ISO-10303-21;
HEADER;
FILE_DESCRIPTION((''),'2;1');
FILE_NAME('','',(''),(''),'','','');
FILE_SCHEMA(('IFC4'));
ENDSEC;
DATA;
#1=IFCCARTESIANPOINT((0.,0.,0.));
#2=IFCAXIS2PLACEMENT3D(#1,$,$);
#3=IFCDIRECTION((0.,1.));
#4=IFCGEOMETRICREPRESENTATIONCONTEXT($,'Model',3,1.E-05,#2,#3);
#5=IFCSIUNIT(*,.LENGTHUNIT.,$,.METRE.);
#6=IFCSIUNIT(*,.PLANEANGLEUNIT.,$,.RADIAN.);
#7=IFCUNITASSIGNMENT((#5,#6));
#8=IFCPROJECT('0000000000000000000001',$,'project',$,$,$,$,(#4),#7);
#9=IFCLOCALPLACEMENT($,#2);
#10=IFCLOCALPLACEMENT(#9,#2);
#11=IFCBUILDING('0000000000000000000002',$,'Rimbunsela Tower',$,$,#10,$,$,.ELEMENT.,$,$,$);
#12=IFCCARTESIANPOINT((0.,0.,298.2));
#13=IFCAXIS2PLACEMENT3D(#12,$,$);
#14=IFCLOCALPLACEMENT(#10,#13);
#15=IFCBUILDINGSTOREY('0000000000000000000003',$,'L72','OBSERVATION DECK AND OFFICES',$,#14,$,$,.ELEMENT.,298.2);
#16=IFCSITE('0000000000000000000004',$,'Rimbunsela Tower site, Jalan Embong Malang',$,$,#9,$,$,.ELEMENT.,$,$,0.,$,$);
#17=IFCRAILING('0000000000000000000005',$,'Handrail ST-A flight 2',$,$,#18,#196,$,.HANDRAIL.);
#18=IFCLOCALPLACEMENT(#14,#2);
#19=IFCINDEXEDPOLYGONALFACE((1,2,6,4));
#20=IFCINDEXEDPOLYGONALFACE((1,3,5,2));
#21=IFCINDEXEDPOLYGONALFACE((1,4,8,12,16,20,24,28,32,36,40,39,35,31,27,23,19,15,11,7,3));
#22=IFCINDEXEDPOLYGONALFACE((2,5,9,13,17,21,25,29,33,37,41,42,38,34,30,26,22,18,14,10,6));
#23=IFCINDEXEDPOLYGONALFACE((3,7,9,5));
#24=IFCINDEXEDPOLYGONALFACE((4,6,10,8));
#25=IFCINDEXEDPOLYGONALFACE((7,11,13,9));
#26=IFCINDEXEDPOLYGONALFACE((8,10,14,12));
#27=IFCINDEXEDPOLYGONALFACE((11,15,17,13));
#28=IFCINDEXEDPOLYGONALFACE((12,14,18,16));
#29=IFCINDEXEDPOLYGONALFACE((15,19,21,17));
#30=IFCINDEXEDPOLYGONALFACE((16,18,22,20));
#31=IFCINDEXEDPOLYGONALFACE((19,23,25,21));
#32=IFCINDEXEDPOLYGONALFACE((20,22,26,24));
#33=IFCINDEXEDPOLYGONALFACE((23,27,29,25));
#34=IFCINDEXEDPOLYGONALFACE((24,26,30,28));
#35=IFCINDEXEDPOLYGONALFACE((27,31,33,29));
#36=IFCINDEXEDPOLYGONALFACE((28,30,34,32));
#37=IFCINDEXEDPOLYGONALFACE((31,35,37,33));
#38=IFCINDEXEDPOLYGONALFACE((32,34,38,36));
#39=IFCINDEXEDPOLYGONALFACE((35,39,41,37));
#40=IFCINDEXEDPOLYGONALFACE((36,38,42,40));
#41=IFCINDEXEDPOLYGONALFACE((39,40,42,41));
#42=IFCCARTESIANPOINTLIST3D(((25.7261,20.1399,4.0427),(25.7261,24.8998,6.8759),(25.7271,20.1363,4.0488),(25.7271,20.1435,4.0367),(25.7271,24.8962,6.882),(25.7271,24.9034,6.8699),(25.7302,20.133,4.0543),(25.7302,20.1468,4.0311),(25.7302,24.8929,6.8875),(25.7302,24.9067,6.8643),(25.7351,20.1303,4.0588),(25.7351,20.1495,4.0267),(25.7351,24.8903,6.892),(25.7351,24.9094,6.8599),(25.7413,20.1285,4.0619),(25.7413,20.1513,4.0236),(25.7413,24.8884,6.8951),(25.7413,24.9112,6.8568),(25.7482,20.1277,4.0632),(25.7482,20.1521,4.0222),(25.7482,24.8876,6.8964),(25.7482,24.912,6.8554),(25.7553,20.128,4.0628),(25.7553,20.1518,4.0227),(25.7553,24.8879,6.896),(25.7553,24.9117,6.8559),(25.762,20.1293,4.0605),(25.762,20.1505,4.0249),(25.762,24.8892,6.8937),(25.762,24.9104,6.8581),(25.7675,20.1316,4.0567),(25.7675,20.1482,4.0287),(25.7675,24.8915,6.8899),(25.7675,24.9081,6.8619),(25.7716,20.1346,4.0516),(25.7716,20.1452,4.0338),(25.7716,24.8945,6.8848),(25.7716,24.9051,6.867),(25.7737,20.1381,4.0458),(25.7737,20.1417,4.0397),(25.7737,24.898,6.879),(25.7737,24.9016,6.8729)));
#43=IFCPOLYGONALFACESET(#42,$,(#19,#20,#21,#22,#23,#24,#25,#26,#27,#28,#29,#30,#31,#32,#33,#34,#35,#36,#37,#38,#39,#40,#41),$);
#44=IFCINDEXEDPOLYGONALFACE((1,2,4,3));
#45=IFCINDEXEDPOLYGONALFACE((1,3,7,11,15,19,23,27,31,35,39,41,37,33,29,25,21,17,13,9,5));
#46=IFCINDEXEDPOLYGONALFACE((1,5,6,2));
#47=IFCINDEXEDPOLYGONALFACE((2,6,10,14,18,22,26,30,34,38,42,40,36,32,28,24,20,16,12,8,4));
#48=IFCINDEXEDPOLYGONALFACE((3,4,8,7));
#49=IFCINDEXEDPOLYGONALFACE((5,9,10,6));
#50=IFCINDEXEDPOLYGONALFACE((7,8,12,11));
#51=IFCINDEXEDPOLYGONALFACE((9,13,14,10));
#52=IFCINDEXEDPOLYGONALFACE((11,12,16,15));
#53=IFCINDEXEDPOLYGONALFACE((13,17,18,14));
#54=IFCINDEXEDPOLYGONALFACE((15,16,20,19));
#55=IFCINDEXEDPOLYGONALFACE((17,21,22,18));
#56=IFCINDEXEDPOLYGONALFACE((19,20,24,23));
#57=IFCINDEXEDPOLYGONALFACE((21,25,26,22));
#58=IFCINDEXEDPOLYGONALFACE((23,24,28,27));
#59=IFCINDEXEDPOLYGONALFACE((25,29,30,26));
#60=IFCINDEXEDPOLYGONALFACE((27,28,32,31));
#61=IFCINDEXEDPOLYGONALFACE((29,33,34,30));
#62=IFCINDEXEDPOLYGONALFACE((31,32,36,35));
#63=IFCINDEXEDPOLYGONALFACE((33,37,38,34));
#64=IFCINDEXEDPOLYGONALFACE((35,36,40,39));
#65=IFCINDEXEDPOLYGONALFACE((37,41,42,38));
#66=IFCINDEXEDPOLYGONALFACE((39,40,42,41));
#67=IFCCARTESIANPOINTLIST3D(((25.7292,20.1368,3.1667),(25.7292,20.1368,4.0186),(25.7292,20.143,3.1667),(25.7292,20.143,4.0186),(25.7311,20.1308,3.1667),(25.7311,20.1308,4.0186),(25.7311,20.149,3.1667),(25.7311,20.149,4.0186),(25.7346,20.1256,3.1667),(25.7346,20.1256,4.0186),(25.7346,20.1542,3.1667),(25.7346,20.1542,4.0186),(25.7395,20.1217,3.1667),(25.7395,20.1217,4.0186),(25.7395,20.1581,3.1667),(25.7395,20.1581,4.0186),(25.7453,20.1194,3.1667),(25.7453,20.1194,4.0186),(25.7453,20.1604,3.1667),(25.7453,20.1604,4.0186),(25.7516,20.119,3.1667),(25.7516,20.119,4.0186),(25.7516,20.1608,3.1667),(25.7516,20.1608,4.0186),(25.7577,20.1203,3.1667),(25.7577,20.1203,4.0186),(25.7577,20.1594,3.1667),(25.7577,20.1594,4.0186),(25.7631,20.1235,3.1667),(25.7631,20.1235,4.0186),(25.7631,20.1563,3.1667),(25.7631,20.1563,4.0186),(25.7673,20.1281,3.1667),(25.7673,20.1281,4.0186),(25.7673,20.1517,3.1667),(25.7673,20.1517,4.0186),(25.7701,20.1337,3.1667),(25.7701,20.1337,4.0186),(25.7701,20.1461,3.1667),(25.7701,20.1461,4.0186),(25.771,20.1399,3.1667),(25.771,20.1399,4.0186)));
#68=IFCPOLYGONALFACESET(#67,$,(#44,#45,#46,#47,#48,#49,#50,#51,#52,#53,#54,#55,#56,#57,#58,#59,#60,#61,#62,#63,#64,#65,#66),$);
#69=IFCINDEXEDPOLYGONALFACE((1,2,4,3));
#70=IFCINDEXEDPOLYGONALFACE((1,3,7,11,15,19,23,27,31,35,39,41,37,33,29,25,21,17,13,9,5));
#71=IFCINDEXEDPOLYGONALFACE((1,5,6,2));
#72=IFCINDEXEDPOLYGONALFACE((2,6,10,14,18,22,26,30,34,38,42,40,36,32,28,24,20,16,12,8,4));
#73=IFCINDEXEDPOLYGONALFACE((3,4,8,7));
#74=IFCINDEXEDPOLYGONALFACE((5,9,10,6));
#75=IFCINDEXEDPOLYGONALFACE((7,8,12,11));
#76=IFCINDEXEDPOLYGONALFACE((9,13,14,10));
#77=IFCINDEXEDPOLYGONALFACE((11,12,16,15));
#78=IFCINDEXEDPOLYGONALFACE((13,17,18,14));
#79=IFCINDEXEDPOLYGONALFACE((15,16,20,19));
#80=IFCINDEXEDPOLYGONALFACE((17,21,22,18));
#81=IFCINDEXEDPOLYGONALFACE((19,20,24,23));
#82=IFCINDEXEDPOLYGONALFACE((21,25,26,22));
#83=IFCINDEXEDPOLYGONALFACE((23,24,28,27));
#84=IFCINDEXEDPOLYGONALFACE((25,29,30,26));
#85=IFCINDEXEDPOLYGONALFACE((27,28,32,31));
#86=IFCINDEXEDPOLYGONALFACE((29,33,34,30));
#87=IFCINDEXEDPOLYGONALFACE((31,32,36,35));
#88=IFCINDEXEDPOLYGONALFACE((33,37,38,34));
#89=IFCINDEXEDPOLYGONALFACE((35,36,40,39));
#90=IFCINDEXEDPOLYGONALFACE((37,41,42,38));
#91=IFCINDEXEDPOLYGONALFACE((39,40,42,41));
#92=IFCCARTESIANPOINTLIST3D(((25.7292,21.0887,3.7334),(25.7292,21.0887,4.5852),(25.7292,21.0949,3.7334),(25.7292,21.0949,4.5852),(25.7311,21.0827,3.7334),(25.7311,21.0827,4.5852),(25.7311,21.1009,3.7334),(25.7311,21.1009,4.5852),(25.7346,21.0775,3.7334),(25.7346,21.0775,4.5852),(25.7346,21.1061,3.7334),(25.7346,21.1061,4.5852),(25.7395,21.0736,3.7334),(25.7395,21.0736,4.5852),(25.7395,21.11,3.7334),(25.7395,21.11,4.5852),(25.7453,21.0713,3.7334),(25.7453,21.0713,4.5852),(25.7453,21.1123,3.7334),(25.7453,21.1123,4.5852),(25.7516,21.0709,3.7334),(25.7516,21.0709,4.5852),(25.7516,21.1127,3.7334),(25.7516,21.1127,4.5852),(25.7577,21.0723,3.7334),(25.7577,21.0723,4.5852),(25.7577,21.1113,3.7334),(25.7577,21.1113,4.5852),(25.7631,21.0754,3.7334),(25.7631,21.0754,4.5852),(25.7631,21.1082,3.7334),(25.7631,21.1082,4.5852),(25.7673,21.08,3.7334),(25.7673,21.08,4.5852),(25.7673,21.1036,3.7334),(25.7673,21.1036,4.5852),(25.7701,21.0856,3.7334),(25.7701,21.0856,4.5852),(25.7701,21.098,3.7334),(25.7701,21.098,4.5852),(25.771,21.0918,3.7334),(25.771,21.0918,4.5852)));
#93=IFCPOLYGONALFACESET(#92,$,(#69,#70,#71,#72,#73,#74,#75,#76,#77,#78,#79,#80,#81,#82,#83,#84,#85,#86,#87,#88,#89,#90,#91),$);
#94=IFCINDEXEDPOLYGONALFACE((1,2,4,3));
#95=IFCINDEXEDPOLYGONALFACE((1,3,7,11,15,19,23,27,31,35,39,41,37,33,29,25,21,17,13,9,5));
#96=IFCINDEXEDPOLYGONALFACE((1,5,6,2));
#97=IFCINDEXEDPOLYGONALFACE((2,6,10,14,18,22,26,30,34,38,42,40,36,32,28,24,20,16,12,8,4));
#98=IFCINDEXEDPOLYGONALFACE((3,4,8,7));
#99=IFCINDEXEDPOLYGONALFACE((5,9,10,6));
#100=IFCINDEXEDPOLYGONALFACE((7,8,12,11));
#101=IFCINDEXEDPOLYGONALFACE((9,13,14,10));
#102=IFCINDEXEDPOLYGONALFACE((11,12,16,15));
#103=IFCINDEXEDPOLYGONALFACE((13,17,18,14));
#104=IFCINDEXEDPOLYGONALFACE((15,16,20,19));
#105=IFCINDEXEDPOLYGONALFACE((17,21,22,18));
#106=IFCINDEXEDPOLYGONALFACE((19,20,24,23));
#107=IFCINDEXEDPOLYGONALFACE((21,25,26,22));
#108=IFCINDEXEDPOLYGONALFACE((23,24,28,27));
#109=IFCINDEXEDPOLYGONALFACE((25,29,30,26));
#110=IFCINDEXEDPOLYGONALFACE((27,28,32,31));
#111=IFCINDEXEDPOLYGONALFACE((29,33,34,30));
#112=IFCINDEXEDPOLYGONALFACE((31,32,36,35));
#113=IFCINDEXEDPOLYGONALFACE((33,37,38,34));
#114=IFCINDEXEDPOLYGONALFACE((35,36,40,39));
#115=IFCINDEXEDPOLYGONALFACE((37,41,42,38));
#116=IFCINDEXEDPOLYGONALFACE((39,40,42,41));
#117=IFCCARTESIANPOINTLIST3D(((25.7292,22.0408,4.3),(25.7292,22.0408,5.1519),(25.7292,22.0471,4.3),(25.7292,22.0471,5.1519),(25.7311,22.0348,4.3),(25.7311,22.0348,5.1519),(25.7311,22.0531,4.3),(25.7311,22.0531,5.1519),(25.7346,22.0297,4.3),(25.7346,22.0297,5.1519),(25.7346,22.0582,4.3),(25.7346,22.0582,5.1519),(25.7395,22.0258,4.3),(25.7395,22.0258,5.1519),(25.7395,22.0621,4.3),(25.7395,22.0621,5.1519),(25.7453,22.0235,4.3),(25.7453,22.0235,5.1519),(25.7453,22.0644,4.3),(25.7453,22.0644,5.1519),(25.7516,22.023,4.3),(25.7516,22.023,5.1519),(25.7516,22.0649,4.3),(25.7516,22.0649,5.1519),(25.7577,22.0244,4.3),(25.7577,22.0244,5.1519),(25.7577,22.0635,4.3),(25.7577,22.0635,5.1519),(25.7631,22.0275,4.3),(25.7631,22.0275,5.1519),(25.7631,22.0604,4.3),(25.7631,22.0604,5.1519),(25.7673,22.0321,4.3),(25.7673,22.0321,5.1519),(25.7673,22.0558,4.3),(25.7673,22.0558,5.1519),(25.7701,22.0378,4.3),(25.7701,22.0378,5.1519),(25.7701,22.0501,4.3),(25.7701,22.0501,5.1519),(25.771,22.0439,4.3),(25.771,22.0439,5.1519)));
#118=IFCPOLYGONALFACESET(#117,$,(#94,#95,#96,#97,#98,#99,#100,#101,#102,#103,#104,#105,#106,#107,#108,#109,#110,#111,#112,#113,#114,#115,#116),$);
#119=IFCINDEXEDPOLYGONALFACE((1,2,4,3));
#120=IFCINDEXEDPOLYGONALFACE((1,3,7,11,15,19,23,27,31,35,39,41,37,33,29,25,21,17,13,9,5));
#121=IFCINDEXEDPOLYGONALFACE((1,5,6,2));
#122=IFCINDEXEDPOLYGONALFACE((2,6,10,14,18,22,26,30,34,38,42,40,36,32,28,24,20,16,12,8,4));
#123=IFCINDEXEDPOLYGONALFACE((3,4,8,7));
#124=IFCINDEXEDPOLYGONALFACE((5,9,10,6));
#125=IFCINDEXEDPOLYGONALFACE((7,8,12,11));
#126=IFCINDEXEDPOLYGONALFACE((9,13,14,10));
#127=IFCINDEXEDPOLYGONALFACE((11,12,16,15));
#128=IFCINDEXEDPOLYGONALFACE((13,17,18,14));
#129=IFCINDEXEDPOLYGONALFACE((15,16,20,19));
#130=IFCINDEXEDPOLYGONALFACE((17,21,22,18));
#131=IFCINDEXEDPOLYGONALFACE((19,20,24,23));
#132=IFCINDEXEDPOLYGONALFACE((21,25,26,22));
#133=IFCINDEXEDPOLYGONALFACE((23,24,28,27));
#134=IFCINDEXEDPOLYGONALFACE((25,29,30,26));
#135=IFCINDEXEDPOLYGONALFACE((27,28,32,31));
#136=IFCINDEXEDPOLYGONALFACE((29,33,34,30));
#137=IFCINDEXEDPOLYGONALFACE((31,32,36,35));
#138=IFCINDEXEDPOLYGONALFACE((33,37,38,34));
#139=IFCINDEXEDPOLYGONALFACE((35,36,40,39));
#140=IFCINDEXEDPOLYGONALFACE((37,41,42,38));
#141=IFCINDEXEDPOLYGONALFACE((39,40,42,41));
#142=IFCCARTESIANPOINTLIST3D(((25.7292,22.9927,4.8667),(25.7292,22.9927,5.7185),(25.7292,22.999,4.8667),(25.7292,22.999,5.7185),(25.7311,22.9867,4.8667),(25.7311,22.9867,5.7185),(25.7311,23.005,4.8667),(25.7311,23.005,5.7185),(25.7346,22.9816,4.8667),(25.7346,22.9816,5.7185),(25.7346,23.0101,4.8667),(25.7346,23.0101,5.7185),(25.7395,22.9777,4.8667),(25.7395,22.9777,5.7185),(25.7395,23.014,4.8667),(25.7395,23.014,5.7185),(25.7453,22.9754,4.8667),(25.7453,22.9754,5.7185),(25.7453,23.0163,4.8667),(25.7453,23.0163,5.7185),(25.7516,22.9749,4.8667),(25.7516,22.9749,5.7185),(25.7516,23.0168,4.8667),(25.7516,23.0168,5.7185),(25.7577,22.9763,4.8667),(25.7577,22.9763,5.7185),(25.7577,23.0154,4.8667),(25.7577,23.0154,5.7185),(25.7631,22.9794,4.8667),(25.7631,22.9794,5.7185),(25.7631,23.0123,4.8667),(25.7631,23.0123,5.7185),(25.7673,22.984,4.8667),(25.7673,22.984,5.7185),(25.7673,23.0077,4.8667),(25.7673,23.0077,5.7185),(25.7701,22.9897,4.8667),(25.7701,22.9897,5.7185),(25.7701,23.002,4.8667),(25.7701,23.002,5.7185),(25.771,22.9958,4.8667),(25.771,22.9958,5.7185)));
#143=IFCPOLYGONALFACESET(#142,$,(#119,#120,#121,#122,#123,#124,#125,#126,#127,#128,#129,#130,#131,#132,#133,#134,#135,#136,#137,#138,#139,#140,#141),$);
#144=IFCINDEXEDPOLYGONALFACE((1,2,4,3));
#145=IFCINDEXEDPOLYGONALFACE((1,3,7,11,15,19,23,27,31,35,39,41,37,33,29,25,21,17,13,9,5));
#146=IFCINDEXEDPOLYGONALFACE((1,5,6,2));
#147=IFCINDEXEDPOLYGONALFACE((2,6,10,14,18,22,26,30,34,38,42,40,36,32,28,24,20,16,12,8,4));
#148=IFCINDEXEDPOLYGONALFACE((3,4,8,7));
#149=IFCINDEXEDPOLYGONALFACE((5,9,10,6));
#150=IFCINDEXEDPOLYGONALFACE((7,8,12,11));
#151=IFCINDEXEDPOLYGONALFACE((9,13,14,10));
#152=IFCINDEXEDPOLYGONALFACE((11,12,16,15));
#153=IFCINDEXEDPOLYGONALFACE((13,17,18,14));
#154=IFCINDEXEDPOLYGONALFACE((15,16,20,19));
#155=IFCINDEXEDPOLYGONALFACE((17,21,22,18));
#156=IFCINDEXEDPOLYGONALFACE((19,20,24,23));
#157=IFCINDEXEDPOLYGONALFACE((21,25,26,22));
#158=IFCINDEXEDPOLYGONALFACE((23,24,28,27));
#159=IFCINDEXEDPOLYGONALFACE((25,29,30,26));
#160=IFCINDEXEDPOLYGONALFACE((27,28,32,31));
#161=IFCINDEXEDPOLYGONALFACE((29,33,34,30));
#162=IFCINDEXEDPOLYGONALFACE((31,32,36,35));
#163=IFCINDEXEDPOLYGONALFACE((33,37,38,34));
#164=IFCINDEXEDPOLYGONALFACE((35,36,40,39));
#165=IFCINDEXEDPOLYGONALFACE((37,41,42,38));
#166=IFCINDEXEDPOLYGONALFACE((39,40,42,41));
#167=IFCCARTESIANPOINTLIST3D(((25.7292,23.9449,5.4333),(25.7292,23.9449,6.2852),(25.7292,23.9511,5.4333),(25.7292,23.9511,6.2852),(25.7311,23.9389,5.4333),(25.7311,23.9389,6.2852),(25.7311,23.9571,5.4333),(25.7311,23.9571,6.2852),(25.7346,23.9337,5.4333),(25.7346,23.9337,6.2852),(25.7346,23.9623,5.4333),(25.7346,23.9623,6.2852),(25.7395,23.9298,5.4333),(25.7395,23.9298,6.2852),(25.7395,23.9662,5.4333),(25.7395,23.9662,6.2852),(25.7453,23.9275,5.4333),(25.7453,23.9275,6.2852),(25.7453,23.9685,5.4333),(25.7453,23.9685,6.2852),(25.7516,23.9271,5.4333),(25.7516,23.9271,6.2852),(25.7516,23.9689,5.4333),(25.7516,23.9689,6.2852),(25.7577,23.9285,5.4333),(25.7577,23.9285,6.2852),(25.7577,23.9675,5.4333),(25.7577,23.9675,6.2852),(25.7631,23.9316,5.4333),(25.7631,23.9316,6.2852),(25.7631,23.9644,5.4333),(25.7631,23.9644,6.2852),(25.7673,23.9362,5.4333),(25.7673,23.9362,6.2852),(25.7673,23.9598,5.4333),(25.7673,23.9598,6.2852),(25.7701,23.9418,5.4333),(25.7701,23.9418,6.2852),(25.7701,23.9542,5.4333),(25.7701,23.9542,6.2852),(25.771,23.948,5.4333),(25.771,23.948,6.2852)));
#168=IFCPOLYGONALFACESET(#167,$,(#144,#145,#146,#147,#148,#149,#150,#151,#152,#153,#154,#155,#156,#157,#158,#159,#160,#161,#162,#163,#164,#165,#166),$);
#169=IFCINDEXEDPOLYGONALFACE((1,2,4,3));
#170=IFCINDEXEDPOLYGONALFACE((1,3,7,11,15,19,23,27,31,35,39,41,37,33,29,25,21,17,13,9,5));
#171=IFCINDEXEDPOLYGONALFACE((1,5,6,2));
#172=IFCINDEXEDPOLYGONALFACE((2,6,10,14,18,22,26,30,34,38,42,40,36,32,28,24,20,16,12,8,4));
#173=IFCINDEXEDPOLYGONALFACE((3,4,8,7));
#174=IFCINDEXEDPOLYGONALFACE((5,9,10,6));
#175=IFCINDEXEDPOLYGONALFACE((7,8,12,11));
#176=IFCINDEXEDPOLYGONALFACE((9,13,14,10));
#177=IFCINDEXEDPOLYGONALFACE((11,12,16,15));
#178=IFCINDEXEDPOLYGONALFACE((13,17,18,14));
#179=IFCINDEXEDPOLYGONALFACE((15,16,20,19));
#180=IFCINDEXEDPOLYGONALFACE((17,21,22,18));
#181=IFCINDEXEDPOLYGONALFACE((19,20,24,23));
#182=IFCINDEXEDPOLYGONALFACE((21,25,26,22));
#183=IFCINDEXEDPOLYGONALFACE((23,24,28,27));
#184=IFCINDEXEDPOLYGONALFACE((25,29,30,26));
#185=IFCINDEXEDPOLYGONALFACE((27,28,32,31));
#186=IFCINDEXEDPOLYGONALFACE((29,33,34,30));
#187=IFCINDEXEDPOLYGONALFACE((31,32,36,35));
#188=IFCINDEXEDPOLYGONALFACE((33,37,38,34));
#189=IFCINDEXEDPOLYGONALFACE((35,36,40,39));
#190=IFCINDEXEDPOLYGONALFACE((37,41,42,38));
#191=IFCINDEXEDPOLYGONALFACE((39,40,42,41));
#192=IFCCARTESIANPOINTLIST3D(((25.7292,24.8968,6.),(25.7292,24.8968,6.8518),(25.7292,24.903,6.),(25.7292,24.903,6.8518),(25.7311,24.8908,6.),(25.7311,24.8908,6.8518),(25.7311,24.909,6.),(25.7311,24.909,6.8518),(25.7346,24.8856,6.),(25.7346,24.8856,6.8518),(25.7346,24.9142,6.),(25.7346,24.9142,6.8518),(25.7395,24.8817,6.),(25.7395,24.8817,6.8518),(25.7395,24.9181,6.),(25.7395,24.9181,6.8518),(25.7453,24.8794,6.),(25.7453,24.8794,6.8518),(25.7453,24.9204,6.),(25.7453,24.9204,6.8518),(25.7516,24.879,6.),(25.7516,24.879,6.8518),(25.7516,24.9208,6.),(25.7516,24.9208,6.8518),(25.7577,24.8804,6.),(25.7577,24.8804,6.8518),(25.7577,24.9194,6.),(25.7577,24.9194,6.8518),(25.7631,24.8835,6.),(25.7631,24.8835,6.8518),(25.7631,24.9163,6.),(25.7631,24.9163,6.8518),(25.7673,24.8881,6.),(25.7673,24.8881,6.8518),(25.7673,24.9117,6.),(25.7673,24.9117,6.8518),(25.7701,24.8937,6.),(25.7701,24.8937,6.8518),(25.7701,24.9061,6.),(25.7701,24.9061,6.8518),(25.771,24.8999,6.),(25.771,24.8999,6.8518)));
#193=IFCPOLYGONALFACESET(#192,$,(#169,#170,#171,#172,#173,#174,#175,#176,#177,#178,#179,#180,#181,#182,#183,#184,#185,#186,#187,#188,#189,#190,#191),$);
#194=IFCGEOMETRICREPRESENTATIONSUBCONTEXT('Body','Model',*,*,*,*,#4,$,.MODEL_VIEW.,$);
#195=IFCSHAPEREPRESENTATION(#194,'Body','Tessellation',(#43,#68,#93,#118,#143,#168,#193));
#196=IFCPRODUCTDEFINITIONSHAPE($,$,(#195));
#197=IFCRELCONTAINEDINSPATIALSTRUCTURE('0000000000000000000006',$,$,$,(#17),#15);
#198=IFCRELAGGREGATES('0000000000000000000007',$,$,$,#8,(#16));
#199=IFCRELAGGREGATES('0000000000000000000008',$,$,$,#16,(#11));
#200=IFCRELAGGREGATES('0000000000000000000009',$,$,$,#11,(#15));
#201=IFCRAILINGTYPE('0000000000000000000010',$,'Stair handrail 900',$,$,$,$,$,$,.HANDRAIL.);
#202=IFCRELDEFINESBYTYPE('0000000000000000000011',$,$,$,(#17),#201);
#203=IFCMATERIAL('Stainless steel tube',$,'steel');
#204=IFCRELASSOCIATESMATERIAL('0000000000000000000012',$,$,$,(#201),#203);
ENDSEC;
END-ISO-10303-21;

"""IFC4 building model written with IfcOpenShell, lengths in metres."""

from ifc_helpers import new_model, si_unit, direction, frame, origin, origin_2d, place, context, subcontext, project, spatial, circle, extrude, material, type_object, element, save


model = new_model("IFC4")

# Units and contexts
model_context = context("Model", 3, precision=1e-05, world=origin(), true_north=direction((0.0, 1.0)))
body_context = subcontext(model_context, "Body", "Model", "MODEL_VIEW")
ifc_project = project(units=[si_unit("LENGTHUNIT", "METRE"), si_unit("PLANEANGLEUNIT", "RADIAN")], contexts=[model_context])

# Site, building, storey
site_placement = place(None, origin())
site = spatial("IfcSite", under=ifc_project, at=site_placement, Name="Rimbunsela Tower site, Jalan Embong Malang", CompositionType="ELEMENT", RefElevation=0.0)
building_placement = place(site_placement, origin())
building = spatial("IfcBuilding", under=site, at=building_placement, Name="Rimbunsela Tower", CompositionType="ELEMENT")
storey_placement = place(building_placement, frame((0.0, 0.0, 298.2)))
storey = spatial("IfcBuildingStorey", under=building, at=storey_placement, Name="L72", Description="OBSERVATION DECK AND OFFICES", CompositionType="ELEMENT", Elevation=298.2)

# Railing
ifc_material_1 = material(Name="Stainless steel tube", Category="steel")
railing_type = type_object("IfcRailingType", Name="Stair handrail 900", PredefinedType="HANDRAIL", material=ifc_material_1)
for number, where, name in (
    (1, (25.75, 20.1399, 3.1667), "Handrail ST-A flight 2"),
):
    element("IfcRailing", number, at=place(storey_placement, frame(where)), inside=storey, type_object=railing_type, Name=name, PredefinedType="HANDRAIL", context=body_context, shape_type="SweptSolid", body=[
        extrude(circle(Radius=0.0239, at=origin_2d()), frame((0.0, 0.0, 0.876), z_axis=(0.0, 0.8593, 0.511472), x_axis=(-1.0, 0.0, 0.0)), (0.0, 0.0, 1.0), 5.5393),
        extrude(circle(Radius=0.021, at=origin_2d()), origin(), (0.0, 0.0, 1.0), 0.8518),
        extrude(circle(Radius=0.021, at=origin_2d()), frame((0.0, 0.9519, 0.5667)), (0.0, 0.0, 1.0), 0.8518),
        extrude(circle(Radius=0.021, at=origin_2d()), frame((0.0, 1.9041, 1.1333)), (0.0, 0.0, 1.0), 0.8518),
        extrude(circle(Radius=0.021, at=origin_2d()), frame((0.0, 2.856, 1.7)), (0.0, 0.0, 1.0), 0.8518),
        extrude(circle(Radius=0.021, at=origin_2d()), frame((0.0, 3.8081, 2.2666)), (0.0, 0.0, 1.0), 0.8518),
        extrude(circle(Radius=0.021, at=origin_2d()), frame((0.0, 4.76, 2.8333)), (0.0, 0.0, 1.0), 0.8518),
    ])

save(model, "model.ifc")
